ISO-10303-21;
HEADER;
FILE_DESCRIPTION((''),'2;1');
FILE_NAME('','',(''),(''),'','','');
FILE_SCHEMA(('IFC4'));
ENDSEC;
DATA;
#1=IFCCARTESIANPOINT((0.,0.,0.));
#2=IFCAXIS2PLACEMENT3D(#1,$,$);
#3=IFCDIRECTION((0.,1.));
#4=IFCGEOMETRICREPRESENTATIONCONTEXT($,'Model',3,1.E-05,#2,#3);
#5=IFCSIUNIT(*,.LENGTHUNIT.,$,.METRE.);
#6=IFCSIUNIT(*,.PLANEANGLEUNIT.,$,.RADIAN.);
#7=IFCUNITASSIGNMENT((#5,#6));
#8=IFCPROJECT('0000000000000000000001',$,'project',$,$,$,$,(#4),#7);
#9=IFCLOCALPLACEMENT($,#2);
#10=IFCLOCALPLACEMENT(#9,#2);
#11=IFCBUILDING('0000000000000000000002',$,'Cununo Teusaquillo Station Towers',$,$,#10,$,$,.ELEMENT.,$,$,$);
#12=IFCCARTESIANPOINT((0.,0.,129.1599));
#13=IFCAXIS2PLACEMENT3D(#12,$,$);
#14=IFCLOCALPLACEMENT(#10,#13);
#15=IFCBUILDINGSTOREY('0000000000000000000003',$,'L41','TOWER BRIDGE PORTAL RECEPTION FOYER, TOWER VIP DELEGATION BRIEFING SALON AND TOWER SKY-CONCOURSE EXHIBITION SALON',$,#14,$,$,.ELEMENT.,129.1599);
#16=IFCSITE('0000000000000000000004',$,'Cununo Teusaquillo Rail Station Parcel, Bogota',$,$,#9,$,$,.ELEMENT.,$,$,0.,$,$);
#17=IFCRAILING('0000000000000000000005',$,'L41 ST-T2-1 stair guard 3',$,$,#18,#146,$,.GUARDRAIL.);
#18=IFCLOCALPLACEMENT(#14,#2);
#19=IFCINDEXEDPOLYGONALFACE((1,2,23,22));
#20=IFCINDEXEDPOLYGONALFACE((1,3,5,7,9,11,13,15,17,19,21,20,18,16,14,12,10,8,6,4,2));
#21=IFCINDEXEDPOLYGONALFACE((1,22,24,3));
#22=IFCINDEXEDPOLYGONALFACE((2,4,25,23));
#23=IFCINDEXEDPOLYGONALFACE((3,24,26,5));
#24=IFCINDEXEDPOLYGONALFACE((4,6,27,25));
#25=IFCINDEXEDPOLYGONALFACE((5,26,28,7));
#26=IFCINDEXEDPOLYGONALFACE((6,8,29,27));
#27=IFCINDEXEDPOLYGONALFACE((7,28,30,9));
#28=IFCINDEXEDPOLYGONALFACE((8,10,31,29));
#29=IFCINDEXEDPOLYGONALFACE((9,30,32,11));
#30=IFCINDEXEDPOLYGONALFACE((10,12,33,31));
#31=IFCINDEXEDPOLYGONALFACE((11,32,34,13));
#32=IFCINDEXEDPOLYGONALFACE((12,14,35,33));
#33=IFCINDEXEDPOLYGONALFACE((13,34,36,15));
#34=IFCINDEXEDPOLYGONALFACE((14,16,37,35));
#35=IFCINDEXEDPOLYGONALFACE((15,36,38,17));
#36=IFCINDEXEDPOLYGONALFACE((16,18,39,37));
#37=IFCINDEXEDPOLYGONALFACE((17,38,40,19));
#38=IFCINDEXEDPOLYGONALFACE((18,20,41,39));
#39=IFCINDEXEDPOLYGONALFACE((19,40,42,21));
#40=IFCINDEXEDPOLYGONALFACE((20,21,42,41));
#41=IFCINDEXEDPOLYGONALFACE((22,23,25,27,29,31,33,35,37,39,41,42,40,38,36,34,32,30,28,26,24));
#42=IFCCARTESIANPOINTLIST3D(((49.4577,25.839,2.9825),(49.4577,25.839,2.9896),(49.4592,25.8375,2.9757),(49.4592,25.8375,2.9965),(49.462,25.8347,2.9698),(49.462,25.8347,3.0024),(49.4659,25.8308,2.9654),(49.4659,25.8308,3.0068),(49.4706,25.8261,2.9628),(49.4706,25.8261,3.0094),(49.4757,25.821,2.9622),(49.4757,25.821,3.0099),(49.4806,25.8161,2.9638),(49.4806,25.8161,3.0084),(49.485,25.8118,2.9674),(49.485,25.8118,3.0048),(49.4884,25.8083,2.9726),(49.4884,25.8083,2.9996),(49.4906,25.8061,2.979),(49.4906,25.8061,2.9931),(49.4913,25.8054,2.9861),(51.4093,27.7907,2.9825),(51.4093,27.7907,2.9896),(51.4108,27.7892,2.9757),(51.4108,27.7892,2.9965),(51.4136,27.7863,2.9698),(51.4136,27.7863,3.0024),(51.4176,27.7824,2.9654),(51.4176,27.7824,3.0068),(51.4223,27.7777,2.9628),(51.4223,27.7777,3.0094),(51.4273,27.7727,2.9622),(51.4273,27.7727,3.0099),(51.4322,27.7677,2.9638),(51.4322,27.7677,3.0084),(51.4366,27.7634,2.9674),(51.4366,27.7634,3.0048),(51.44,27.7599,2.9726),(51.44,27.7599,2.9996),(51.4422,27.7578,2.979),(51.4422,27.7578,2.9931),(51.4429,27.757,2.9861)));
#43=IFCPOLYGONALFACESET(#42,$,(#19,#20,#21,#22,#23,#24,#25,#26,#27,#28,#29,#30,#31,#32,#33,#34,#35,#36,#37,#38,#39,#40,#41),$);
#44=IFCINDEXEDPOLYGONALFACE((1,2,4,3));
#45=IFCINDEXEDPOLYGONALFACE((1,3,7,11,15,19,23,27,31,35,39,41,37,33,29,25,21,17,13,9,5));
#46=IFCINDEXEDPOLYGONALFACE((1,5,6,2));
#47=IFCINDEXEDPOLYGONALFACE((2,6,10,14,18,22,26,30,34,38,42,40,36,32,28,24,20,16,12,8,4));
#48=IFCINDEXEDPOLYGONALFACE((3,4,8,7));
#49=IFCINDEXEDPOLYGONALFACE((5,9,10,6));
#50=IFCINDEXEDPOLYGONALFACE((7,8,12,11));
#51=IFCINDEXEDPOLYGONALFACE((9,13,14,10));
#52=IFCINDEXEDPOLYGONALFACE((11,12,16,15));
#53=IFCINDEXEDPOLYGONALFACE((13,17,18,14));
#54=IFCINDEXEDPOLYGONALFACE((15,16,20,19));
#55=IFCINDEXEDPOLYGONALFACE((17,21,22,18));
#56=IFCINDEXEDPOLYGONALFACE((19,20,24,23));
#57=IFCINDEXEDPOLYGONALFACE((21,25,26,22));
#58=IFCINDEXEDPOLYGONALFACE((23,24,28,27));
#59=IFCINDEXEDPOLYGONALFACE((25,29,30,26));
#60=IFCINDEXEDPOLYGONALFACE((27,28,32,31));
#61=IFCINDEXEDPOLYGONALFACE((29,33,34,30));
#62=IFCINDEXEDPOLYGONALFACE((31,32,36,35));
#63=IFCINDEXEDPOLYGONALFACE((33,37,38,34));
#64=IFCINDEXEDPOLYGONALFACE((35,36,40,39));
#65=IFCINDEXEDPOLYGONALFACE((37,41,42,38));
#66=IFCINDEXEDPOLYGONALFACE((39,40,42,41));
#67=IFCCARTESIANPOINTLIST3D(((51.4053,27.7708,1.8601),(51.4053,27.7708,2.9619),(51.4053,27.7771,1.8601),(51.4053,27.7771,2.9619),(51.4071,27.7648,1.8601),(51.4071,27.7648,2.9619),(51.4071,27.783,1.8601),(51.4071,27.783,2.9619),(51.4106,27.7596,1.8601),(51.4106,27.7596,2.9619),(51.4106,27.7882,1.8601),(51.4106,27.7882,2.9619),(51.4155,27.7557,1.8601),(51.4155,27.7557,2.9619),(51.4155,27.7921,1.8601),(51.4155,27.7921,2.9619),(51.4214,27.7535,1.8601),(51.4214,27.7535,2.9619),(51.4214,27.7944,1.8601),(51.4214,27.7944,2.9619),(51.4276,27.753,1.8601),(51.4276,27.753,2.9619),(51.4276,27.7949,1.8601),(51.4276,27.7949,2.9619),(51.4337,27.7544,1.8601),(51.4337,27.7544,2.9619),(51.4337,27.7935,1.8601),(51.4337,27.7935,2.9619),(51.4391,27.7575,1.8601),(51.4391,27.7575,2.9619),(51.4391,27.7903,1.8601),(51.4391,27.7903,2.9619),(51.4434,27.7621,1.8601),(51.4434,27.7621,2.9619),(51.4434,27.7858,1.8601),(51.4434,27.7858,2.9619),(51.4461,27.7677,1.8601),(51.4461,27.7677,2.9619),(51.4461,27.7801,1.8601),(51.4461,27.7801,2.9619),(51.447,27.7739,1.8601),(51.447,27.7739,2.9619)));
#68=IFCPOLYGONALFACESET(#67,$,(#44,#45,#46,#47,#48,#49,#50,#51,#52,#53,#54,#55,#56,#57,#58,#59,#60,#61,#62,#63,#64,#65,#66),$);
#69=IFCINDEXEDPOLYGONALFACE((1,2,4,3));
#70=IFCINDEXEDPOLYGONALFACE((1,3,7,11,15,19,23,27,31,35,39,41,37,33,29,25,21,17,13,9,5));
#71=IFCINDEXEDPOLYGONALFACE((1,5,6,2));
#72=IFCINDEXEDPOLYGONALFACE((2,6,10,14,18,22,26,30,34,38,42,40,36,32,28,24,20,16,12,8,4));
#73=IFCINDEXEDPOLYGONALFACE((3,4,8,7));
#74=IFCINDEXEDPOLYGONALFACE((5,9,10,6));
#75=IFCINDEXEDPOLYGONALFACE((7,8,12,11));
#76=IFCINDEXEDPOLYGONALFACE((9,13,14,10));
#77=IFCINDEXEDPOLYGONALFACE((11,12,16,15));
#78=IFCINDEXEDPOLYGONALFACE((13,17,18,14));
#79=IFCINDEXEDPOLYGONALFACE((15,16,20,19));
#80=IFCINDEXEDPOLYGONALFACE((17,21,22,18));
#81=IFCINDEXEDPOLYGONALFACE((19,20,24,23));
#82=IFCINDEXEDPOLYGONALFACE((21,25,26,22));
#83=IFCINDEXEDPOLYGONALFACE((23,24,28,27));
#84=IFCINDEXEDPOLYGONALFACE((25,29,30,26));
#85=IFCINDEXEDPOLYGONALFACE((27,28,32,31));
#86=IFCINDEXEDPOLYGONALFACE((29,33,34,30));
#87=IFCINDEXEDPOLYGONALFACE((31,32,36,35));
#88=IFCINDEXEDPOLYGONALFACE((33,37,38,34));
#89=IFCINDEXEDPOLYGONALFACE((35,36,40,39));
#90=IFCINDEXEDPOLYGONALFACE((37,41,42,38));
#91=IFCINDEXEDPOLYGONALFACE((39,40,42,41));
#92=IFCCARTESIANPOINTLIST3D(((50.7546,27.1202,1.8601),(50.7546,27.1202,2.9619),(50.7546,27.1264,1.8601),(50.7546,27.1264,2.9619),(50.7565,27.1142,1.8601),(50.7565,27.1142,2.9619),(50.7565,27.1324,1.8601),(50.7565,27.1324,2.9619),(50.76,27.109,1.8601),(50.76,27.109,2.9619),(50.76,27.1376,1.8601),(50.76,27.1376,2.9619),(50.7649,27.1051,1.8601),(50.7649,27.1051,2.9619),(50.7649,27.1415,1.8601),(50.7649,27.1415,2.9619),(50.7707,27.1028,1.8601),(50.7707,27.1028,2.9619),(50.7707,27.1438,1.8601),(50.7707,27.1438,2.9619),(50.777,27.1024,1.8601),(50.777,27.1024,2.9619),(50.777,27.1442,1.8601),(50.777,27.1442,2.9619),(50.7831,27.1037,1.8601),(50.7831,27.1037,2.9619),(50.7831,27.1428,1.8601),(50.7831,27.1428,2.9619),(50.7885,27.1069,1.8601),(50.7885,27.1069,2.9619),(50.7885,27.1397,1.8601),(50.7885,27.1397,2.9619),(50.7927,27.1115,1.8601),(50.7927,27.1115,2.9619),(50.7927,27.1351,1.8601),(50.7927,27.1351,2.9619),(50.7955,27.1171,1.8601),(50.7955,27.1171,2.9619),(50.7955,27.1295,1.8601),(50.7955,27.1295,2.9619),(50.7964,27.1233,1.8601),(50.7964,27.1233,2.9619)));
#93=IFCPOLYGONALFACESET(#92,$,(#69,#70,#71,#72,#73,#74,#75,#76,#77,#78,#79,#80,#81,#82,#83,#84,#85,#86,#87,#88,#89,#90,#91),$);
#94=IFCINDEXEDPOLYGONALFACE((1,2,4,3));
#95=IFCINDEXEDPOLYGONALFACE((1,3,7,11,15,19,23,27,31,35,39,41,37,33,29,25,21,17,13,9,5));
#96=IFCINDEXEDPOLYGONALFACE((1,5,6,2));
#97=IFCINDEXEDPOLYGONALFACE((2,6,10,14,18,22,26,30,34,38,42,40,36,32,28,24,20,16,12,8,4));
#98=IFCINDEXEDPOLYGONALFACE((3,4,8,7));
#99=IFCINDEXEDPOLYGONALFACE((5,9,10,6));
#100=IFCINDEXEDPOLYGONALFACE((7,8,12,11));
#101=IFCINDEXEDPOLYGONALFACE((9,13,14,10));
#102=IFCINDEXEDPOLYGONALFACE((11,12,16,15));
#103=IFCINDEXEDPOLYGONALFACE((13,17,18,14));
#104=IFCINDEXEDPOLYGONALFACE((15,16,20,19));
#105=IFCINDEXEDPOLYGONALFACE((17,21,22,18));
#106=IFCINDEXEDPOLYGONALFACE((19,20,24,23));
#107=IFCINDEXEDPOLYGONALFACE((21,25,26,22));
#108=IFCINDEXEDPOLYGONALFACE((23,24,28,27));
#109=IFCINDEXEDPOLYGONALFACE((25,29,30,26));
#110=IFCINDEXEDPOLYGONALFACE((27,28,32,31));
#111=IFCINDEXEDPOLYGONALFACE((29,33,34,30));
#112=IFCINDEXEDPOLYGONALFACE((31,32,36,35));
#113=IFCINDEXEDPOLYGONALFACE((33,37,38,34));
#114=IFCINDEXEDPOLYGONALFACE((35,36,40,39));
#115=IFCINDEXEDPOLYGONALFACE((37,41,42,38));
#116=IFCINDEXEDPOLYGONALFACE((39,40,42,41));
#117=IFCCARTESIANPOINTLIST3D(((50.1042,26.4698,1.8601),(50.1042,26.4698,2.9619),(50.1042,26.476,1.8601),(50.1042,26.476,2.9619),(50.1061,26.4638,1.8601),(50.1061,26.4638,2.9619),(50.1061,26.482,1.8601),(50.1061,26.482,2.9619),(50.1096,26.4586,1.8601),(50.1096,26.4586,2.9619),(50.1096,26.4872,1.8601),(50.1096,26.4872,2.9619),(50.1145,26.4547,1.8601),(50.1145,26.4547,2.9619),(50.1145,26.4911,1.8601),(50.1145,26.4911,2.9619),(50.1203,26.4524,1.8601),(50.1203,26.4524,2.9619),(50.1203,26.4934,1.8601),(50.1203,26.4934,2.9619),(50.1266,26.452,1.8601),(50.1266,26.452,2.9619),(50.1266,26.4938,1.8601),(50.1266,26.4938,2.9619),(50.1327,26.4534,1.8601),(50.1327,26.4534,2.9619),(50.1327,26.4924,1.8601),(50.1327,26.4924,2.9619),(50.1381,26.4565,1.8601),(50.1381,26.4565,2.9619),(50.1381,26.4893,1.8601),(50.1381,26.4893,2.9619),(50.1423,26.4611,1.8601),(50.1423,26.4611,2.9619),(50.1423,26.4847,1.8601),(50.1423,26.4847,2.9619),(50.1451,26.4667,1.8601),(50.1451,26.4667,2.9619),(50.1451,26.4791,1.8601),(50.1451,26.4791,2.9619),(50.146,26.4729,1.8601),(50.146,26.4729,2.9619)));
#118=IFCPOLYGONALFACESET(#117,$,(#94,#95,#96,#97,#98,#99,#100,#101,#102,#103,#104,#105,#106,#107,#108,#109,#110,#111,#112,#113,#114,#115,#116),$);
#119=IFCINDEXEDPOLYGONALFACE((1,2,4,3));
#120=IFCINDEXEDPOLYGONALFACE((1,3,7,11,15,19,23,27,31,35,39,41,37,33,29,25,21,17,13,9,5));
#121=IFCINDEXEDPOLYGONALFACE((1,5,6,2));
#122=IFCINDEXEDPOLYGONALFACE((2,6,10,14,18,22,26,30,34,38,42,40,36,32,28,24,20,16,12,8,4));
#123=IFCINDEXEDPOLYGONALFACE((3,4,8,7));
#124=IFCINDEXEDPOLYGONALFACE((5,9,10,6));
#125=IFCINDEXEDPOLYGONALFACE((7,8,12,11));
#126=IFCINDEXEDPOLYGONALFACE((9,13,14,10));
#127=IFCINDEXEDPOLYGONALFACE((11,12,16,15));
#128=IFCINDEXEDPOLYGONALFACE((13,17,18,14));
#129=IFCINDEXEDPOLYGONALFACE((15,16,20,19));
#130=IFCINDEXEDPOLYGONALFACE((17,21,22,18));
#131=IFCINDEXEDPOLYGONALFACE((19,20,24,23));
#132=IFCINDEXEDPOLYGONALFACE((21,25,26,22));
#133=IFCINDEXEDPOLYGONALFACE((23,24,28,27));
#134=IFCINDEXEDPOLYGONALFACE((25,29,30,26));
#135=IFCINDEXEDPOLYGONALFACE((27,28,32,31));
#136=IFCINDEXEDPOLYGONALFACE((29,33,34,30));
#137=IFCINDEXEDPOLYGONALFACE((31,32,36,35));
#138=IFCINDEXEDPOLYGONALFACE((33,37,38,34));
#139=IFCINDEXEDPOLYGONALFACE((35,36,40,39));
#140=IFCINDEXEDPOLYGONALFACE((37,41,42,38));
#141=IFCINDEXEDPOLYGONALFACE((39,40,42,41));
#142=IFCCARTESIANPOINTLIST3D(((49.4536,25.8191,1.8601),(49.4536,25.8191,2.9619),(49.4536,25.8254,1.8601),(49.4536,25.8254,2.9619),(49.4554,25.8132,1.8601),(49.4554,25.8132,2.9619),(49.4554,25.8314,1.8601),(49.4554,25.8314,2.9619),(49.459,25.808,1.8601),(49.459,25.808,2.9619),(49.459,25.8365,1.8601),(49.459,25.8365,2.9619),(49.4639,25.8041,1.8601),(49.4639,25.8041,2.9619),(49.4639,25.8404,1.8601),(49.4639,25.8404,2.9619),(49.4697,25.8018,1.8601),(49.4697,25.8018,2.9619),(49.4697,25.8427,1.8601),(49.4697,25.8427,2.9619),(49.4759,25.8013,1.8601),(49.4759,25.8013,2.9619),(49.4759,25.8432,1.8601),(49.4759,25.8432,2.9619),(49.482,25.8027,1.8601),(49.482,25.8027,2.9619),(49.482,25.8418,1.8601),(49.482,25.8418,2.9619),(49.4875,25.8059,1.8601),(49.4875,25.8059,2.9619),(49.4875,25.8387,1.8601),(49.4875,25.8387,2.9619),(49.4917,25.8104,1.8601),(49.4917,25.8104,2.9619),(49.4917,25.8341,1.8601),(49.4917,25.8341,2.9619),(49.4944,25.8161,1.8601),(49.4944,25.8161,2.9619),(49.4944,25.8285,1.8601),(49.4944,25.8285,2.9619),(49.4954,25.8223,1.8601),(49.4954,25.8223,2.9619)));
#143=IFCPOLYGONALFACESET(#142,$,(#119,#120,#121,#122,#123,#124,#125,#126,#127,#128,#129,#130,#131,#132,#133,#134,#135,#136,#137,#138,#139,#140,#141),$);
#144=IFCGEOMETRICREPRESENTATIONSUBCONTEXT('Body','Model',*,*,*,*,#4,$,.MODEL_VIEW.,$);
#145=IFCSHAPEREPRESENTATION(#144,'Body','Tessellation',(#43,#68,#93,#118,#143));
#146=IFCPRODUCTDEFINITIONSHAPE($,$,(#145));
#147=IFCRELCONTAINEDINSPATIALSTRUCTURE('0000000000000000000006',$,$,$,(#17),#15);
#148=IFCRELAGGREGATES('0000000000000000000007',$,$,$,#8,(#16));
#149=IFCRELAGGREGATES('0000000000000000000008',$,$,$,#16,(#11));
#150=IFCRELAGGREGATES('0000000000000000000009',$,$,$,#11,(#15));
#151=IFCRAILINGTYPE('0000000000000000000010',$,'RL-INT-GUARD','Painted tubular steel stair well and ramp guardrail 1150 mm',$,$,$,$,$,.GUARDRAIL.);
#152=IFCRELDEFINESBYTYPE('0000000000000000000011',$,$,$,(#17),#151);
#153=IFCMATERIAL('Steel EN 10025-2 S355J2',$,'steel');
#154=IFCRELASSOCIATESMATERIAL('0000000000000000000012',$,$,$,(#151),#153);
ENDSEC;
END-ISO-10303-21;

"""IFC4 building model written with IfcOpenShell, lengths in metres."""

from ifc_helpers import new_model, si_unit, direction, frame, origin, origin_2d, place, context, subcontext, project, spatial, circle, extrude, material, type_object, element, save


model = new_model("IFC4")

# Units and contexts
model_context = context("Model", 3, precision=1e-05, world=origin(), true_north=direction((0.0, 1.0)))
body_context = subcontext(model_context, "Body", "Model", "MODEL_VIEW")
ifc_project = project(units=[si_unit("LENGTHUNIT", "METRE"), si_unit("PLANEANGLEUNIT", "RADIAN")], contexts=[model_context])

# Site, building, storey
site_placement = place(None, origin())
site = spatial("IfcSite", under=ifc_project, at=site_placement, Name="Cununo Teusaquillo Rail Station Parcel, Bogota", CompositionType="ELEMENT", RefElevation=0.0)
building_placement = place(site_placement, origin())
building = spatial("IfcBuilding", under=site, at=building_placement, Name="Cununo Teusaquillo Station Towers", CompositionType="ELEMENT")
storey_placement = place(building_placement, frame((0.0, 0.0, 129.1599)))
storey = spatial("IfcBuildingStorey", under=building, at=storey_placement, Name="L41", Description="TOWER BRIDGE PORTAL RECEPTION FOYER, TOWER VIP DELEGATION BRIEFING SALON AND TOWER SKY-CONCOURSE EXHIBITION SALON", CompositionType="ELEMENT", Elevation=129.1599)

# Railing
ifc_material_1 = material(Name="Steel EN 10025-2 S355J2", Category="steel")
railing_type = type_object("IfcRailingType", Name="RL-INT-GUARD", Description="Painted tubular steel stair well and ramp guardrail 1150 mm", PredefinedType="GUARDRAIL", material=ifc_material_1)
railing_1_placement = place(storey_placement, frame((51.426, 27.7739, 1.8601)))
element("IfcRailing", 1, at=railing_1_placement, inside=storey, type_object=railing_type, Name="L41 ST-T2-1 stair guard 3", PredefinedType="GUARDRAIL", context=body_context, shape_type="SweptSolid", body=[
    extrude(circle(Radius=0.0239, at=origin_2d()), frame((0.0, 0.0, 1.126), z_axis=(-0.707107, -0.707107, 0.0), x_axis=(0.707107, -0.707107, 0.0)), (0.0, 0.0, 1.0), 2.76),
    extrude(circle(Radius=0.021, at=origin_2d()), origin(), (0.0, 0.0, 1.0), 1.1018),
    extrude(circle(Radius=0.021, at=origin_2d()), frame((-0.6506, -0.6506, 0.0)), (0.0, 0.0, 1.0), 1.1018),
    extrude(circle(Radius=0.021, at=origin_2d()), frame((-1.301, -1.301, 0.0)), (0.0, 0.0, 1.0), 1.1018),
    extrude(circle(Radius=0.021, at=origin_2d()), frame((-1.9517, -1.9517, 0.0)), (0.0, 0.0, 1.0), 1.1018),
])

save(model, "model.ifc")
